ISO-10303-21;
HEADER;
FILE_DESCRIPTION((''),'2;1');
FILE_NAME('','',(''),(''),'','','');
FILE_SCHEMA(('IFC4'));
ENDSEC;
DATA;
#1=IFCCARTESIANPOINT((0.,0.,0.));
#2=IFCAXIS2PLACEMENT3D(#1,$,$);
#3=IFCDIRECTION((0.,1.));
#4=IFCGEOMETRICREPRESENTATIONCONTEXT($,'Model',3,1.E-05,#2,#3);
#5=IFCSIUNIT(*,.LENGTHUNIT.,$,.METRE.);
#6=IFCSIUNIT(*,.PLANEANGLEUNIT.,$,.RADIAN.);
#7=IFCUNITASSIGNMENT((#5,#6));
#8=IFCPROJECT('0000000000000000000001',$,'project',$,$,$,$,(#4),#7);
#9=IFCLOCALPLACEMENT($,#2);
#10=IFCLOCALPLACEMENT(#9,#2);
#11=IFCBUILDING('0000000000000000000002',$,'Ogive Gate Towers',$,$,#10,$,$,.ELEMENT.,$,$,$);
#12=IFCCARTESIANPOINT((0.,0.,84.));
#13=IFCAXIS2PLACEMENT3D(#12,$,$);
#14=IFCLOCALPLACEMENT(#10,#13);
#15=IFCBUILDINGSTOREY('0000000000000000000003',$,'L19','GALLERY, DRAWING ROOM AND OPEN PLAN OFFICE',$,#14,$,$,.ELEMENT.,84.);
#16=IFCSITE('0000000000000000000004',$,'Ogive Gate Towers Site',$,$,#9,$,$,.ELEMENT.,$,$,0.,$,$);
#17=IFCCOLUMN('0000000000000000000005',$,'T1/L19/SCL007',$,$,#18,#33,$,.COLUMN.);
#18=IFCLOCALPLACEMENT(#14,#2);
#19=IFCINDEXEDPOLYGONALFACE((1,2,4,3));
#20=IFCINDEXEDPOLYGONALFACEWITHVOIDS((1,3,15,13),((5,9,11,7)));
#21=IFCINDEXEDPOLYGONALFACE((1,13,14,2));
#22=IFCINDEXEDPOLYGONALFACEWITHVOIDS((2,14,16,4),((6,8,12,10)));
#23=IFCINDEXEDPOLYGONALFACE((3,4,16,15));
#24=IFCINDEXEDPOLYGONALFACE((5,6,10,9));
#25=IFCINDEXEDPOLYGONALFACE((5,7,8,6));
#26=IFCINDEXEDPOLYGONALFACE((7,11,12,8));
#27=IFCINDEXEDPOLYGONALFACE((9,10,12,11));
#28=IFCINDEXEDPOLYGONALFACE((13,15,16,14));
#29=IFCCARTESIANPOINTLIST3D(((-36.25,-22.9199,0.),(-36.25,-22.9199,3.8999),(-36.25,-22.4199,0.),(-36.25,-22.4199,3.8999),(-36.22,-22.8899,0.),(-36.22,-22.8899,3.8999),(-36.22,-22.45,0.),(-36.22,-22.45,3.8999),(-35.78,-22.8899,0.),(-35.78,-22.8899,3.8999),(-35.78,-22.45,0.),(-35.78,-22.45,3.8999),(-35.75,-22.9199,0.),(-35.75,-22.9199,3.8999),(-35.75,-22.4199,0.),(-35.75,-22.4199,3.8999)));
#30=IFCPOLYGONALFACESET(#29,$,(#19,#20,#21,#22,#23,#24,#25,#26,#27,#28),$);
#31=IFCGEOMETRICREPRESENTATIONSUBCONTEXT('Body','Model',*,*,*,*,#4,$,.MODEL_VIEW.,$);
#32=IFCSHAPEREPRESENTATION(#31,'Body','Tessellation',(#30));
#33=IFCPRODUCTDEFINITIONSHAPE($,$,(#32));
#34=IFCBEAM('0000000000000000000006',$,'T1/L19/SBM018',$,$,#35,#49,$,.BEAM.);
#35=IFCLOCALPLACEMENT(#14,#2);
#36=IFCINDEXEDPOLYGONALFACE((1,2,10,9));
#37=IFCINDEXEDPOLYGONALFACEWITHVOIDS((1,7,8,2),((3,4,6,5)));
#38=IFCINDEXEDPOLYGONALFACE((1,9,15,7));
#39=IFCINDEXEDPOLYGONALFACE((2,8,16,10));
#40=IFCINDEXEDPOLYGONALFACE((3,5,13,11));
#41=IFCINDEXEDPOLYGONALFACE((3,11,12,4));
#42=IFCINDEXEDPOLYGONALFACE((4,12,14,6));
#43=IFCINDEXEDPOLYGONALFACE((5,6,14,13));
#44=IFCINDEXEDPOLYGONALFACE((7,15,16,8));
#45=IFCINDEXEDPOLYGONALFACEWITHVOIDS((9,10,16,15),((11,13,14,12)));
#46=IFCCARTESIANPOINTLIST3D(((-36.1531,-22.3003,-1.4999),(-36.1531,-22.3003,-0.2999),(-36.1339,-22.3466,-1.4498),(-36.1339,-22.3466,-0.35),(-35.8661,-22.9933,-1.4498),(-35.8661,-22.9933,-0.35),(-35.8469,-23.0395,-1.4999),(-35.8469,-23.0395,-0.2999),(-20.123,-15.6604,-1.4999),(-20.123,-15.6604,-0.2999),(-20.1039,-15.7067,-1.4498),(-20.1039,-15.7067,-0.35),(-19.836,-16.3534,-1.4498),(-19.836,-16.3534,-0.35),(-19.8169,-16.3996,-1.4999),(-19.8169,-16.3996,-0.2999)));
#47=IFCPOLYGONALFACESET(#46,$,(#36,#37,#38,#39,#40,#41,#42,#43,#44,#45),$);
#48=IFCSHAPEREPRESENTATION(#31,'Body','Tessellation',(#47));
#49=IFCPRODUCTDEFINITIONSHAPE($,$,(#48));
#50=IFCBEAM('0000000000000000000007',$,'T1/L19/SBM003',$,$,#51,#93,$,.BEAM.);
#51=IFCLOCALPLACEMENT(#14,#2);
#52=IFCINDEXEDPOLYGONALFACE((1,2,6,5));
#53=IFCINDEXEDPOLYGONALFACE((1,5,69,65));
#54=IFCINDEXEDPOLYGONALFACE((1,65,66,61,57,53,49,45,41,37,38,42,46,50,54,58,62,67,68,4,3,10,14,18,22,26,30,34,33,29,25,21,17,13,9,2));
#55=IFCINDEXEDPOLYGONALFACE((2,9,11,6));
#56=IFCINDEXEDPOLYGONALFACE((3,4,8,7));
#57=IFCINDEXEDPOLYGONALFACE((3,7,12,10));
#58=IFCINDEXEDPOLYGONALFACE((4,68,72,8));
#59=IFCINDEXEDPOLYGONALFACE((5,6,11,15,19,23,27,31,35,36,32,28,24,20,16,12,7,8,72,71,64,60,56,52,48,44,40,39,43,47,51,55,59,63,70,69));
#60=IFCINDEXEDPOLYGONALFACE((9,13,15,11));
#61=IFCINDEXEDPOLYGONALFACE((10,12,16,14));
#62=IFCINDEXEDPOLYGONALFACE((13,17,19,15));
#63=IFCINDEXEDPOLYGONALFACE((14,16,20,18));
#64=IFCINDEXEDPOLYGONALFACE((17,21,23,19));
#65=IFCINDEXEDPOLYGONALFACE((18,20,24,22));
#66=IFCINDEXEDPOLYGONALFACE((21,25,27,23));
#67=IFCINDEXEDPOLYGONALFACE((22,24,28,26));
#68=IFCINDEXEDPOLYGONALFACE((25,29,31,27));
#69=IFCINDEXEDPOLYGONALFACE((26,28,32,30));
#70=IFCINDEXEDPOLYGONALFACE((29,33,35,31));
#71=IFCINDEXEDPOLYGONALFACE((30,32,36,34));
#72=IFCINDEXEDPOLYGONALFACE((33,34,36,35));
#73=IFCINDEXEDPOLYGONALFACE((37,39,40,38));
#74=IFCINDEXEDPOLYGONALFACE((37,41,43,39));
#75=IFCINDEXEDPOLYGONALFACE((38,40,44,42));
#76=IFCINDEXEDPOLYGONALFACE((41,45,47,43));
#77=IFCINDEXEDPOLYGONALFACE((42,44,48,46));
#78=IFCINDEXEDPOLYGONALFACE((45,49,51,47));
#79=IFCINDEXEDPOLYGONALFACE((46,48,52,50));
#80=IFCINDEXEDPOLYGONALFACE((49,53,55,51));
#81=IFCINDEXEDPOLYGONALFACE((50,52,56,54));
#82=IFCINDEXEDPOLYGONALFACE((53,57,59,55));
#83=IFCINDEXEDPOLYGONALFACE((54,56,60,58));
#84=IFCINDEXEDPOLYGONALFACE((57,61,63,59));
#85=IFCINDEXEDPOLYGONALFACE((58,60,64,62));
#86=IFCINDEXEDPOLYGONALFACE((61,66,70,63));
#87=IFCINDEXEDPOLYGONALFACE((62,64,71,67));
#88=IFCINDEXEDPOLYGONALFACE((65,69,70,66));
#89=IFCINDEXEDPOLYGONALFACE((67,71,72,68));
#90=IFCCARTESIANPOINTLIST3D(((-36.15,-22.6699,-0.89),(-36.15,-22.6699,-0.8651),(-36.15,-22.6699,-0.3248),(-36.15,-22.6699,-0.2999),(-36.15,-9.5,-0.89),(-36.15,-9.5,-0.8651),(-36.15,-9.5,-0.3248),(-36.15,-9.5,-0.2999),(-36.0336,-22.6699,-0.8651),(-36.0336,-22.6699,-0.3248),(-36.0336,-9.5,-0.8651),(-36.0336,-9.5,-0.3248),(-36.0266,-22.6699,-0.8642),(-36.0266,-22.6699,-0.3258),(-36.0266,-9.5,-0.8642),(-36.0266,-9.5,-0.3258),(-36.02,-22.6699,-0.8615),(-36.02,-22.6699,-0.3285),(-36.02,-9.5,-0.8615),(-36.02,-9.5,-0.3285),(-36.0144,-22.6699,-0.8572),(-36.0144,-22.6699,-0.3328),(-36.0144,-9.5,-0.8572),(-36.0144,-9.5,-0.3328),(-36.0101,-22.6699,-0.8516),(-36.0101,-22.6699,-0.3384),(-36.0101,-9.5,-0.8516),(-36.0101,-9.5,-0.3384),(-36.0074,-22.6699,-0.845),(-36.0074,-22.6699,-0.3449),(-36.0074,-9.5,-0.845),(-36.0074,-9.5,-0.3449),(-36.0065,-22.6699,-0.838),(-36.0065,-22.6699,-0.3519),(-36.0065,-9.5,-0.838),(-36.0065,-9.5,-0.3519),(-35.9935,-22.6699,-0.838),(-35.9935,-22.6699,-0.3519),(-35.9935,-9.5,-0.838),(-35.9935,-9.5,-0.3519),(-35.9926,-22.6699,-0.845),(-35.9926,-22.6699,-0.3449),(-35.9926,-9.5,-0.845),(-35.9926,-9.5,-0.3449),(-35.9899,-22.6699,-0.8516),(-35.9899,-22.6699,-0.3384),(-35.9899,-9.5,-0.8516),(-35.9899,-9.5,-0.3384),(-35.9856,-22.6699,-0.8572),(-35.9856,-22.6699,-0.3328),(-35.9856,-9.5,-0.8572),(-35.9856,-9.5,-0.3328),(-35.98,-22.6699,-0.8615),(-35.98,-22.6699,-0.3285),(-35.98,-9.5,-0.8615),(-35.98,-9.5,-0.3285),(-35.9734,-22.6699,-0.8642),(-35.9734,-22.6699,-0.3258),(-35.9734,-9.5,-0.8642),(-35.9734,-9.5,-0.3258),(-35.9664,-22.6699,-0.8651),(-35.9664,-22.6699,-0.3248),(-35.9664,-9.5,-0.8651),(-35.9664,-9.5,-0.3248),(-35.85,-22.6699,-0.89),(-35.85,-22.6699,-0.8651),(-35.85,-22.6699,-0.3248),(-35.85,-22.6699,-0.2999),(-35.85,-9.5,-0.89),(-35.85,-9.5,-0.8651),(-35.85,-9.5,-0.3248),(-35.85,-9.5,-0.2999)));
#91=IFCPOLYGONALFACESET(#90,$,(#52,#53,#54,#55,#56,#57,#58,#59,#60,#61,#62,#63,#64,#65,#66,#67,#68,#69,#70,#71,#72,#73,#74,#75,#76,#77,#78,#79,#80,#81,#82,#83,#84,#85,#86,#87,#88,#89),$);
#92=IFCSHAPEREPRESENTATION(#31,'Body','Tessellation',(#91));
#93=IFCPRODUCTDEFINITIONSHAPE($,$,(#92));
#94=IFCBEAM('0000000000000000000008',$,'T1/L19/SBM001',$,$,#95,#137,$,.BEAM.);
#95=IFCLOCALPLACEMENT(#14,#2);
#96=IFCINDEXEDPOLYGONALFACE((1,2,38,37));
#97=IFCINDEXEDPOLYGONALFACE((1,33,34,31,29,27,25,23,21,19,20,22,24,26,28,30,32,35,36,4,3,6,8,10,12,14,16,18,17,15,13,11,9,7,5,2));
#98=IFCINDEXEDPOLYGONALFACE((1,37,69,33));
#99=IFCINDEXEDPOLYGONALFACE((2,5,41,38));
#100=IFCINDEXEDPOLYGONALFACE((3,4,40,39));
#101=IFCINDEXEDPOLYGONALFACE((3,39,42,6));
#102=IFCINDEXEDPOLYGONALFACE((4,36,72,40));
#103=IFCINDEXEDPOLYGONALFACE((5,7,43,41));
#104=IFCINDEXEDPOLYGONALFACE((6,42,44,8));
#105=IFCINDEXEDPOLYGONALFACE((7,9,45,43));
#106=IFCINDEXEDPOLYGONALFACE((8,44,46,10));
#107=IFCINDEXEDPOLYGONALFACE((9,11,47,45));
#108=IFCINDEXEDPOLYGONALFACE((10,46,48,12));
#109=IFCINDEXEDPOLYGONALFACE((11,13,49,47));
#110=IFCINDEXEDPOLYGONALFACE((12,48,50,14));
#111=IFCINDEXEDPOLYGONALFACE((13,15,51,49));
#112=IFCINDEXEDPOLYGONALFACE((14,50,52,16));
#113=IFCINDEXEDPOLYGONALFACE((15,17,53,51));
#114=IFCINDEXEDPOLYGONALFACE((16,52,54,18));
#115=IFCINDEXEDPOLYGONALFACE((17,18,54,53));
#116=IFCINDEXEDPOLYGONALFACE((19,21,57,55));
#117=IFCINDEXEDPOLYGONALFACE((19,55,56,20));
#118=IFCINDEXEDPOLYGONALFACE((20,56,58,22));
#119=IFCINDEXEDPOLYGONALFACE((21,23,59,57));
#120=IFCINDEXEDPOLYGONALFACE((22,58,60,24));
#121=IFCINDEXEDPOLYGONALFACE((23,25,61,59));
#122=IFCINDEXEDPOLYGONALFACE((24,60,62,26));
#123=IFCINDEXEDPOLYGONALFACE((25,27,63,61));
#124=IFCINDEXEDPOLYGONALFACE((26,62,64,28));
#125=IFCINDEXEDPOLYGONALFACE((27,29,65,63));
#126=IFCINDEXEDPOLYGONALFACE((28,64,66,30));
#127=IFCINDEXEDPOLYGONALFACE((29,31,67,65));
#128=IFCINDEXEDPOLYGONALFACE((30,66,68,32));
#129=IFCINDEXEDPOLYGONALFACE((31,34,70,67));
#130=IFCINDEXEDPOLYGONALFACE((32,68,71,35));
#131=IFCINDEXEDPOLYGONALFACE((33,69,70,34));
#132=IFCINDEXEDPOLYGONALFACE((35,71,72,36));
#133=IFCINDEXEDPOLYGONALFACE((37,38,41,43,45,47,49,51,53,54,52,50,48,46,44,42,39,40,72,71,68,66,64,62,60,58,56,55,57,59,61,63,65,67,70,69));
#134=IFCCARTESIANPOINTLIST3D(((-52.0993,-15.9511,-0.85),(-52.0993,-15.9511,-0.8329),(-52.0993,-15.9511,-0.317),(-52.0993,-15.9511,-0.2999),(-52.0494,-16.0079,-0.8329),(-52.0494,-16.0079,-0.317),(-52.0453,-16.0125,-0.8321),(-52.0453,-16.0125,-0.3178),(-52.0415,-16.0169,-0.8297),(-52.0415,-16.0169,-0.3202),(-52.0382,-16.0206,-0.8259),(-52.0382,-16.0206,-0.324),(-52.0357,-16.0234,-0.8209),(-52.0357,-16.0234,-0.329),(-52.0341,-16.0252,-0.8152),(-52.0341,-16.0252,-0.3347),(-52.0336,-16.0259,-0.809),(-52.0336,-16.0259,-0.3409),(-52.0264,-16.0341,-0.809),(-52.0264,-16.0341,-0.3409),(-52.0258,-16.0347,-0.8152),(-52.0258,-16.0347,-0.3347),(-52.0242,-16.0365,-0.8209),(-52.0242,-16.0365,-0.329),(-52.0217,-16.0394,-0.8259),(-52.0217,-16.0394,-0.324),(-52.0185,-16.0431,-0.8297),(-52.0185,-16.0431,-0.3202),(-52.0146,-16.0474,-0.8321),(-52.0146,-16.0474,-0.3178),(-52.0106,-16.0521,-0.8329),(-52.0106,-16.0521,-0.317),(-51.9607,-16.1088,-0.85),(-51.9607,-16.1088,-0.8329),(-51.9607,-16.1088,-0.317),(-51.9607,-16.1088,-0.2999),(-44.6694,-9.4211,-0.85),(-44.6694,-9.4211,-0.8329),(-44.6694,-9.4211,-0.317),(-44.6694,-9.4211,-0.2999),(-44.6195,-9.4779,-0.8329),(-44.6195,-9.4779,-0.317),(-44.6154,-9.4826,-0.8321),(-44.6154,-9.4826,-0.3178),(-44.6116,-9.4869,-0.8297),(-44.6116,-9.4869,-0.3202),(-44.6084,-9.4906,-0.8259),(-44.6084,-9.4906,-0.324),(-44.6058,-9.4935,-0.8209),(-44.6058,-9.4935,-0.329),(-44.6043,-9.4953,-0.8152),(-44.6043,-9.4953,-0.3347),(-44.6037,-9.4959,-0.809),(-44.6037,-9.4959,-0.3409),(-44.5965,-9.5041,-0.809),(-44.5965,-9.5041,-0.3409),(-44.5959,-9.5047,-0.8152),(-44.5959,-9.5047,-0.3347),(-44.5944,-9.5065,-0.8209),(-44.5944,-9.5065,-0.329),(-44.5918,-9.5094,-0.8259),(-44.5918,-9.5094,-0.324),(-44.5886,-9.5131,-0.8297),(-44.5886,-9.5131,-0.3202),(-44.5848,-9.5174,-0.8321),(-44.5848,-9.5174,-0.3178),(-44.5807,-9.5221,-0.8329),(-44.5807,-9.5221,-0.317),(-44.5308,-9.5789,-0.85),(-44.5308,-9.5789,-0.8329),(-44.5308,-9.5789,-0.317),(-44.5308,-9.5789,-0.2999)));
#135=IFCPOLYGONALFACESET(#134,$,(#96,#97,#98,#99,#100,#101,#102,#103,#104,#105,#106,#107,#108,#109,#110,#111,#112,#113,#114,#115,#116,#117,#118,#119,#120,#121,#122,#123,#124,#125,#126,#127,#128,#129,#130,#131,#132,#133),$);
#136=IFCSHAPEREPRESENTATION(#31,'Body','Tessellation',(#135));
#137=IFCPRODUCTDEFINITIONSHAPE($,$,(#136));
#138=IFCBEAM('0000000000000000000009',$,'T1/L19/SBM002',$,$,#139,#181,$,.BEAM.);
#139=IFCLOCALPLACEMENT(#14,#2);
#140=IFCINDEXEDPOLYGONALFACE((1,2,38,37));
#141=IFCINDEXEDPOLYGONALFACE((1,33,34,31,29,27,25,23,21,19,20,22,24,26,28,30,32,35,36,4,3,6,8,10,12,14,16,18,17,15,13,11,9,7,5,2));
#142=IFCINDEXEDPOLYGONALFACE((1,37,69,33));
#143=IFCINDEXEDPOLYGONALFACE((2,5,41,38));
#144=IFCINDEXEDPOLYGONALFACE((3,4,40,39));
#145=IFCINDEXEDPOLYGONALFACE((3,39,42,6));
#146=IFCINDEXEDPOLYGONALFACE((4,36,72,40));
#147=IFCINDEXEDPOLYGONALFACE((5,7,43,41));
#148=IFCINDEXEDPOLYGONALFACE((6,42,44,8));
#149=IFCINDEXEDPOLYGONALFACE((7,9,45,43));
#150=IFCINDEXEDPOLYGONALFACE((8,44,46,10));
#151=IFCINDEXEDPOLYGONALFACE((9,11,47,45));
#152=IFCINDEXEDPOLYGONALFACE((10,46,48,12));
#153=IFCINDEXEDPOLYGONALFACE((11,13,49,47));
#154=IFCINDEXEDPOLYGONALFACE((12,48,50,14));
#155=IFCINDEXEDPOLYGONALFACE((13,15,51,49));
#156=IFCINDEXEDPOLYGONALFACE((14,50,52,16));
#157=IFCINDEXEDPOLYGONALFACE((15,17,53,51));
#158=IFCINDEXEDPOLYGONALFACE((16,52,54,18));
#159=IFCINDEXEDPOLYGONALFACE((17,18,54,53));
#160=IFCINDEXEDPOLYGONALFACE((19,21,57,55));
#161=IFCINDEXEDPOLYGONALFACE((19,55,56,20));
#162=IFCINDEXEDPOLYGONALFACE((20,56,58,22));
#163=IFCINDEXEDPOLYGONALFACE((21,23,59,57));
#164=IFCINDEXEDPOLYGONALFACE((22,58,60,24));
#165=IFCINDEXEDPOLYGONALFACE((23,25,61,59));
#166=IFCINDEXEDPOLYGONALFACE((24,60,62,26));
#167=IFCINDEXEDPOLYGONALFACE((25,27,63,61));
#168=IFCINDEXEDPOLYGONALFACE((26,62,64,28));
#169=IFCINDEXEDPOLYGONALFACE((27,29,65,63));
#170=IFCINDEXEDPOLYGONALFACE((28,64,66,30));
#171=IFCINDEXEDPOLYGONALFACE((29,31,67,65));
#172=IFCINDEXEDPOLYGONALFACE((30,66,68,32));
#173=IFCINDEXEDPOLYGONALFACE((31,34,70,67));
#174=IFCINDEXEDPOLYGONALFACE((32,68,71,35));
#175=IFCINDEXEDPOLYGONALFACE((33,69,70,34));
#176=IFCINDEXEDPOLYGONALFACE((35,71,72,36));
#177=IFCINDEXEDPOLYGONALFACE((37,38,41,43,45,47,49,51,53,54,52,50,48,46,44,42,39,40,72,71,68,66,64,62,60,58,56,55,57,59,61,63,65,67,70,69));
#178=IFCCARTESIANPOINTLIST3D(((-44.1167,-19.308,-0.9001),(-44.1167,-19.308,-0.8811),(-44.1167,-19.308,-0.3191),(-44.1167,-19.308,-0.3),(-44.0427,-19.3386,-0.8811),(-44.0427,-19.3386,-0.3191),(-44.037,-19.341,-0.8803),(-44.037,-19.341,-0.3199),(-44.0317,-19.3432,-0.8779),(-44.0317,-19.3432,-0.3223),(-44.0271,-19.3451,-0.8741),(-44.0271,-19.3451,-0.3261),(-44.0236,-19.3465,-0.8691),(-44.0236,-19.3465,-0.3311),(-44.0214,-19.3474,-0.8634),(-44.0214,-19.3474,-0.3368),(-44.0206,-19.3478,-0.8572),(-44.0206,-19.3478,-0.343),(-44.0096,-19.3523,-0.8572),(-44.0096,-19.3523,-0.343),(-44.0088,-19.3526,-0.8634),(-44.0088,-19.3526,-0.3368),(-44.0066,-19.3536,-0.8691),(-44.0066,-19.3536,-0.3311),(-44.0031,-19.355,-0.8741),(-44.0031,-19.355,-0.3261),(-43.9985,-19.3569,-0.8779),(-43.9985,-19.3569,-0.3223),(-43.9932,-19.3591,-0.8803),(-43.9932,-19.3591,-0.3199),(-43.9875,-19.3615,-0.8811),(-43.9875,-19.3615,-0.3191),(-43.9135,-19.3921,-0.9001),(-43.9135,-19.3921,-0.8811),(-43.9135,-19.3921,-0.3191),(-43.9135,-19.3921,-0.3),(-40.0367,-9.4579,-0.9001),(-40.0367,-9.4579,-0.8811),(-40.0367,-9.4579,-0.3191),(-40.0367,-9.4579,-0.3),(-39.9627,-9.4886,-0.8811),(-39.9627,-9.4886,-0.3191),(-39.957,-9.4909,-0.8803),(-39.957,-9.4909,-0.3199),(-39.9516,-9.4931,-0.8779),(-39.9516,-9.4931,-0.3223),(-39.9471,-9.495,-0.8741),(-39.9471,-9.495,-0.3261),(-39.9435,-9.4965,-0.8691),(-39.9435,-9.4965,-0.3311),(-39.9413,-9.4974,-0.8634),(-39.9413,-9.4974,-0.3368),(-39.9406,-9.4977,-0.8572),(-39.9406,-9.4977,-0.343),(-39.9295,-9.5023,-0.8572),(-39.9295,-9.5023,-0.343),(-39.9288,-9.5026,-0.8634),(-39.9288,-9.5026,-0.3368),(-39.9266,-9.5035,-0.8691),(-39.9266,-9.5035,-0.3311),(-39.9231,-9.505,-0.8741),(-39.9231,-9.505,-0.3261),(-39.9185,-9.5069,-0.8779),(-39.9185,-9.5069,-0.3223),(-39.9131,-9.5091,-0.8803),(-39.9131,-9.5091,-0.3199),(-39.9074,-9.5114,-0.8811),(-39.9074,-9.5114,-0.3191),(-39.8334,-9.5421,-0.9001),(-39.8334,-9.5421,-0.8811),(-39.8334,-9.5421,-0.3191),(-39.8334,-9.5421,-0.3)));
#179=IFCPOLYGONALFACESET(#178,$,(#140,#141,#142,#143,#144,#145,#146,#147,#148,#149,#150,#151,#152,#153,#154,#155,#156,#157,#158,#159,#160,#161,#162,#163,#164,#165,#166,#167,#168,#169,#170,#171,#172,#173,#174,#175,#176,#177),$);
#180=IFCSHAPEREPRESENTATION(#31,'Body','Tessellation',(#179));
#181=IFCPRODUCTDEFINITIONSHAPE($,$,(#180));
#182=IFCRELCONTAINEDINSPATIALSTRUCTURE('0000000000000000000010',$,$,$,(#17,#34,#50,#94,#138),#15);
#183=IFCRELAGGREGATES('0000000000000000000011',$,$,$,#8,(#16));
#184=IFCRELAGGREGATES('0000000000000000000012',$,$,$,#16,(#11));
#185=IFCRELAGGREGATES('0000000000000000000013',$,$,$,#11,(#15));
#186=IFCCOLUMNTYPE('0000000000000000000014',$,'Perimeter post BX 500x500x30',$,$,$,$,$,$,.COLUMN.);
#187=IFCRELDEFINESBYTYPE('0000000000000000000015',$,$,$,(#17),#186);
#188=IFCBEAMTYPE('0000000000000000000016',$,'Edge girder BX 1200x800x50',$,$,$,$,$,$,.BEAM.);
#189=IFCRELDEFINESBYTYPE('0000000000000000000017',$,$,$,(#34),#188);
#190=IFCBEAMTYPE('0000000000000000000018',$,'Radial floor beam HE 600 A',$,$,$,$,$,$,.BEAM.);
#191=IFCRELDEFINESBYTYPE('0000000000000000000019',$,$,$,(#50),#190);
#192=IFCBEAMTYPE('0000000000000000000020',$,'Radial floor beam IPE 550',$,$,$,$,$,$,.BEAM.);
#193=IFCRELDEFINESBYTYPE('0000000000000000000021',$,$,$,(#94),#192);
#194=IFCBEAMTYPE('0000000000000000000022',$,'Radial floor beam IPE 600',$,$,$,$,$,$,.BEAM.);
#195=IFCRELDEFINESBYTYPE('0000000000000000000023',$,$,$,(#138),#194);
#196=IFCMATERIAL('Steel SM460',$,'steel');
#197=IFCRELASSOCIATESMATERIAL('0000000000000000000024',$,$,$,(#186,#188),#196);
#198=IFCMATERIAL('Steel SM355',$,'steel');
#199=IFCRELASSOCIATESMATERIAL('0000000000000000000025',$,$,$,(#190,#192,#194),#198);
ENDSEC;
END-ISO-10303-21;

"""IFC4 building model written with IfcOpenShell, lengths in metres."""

from ifc_helpers import new_model, si_unit, direction, frame, origin, origin_2d, place, context, subcontext, project, spatial, hollow_rectangle, i_section, extrude, material, material_profile, profile_set, type_object, element, save


model = new_model("IFC4")

# Units and contexts
model_context = context("Model", 3, precision=1e-05, world=origin(), true_north=direction((0.0, 1.0)))
body_context = subcontext(model_context, "Body", "Model", "MODEL_VIEW")
ifc_project = project(units=[si_unit("LENGTHUNIT", "METRE"), si_unit("PLANEANGLEUNIT", "RADIAN")], contexts=[model_context])

# Site, building, storey
site_placement = place(None, origin())
site = spatial("IfcSite", under=ifc_project, at=site_placement, Name="Ogive Gate Towers Site", CompositionType="ELEMENT", RefElevation=0.0)
building_placement = place(site_placement, origin())
building = spatial("IfcBuilding", under=site, at=building_placement, Name="Ogive Gate Towers", CompositionType="ELEMENT")
storey_placement = place(building_placement, frame((0.0, 0.0, 84.0)))
storey = spatial("IfcBuildingStorey", under=building, at=storey_placement, Name="L19", Description="GALLERY, DRAWING ROOM AND OPEN PLAN OFFICE", CompositionType="ELEMENT", Elevation=84.0)

# Column
ifc_material_1 = material(Name="Steel SM460", Category="steel")
ifc_material_profile_1 = material_profile(ifc_material_1, hollow_rectangle(XDim=0.5, YDim=0.5, WallThickness=0.03, at=origin_2d()), Name="BX 500x500x30")
ifc_profile_set_1 = profile_set([ifc_material_profile_1], Name="Steel SM460")
column_type = type_object("IfcColumnType", Name="Perimeter post BX 500x500x30", PredefinedType="COLUMN", material=ifc_profile_set_1)
column_placement = place(storey_placement, frame((-36.0, -22.6699, 0.0), z_axis=(0.0, 0.0, 1.0), x_axis=(1.0, 0.0, 0.0)))
element("IfcColumn", 1, at=column_placement, inside=storey, type_object=column_type, Name="T1/L19/SCL007", PredefinedType="COLUMN", context=body_context, shape_type="SweptSolid", body=[
    extrude(hollow_rectangle(XDim=0.5, YDim=0.5, WallThickness=0.03, at=origin_2d()), origin(), (0.0, 0.0, 1.0), 3.8999),
])

# Beams
ifc_material_profile_2 = material_profile(ifc_material_1, hollow_rectangle(XDim=0.8, YDim=1.2, WallThickness=0.05, at=origin_2d()), Name="BX 1200x800x50")
ifc_profile_set_2 = profile_set([ifc_material_profile_2], Name="Steel SM460")
beam_type_1 = type_object("IfcBeamType", Name="Edge girder BX 1200x800x50", PredefinedType="BEAM", material=ifc_profile_set_2)
beam_1_placement = place(storey_placement, frame((-36.0, -22.6699, -0.8999), z_axis=(0.923879, 0.382685, 0.0), x_axis=(-0.382685, 0.923879, 0.0)))
element("IfcBeam", 2, at=beam_1_placement, inside=storey, type_object=beam_type_1, Name="T1/L19/SBM018", PredefinedType="BEAM", context=body_context, shape_type="SweptSolid", body=[
    extrude(hollow_rectangle(XDim=0.8, YDim=1.2, WallThickness=0.05, at=origin_2d()), origin(), (0.0, 0.0, 1.0), 17.3508),
])
ifc_material_2 = material(Name="Steel SM355", Category="steel")
ifc_material_profile_3 = material_profile(ifc_material_2, i_section(OverallWidth=0.3, OverallDepth=0.5901, WebThickness=0.0129, FlangeThickness=0.0249, FilletRadius=0.0271, at=origin_2d()), Name="HE 600 A")
ifc_profile_set_3 = profile_set([ifc_material_profile_3], Name="Steel SM355")
beam_type_2 = type_object("IfcBeamType", Name="Radial floor beam HE 600 A", PredefinedType="BEAM", material=ifc_profile_set_3)
beam_2_placement = place(storey_placement, frame((-36.0, -9.5, -0.595), z_axis=(0.0, -1.0, 0.0), x_axis=(1.0, 0.0, 0.0)))
element("IfcBeam", 3, at=beam_2_placement, inside=storey, type_object=beam_type_2, Name="T1/L19/SBM003", PredefinedType="BEAM", context=body_context, shape_type="SweptSolid", body=[
    extrude(i_section(OverallWidth=0.3, OverallDepth=0.5901, WebThickness=0.0129, FlangeThickness=0.0249, FilletRadius=0.0271, at=origin_2d()), origin(), (0.0, 0.0, 1.0), 13.1699),
])
ifc_material_profile_4 = material_profile(ifc_material_2, i_section(OverallWidth=0.21, OverallDepth=0.55, WebThickness=0.011, FlangeThickness=0.0171, FilletRadius=0.0239, at=origin_2d()), Name="IPE 550")
ifc_profile_set_4 = profile_set([ifc_material_profile_4], Name="Steel SM355")
beam_type_3 = type_object("IfcBeamType", Name="Radial floor beam IPE 550", PredefinedType="BEAM", material=ifc_profile_set_4)
beam_3_placement = place(storey_placement, frame((-44.6001, -9.5, -0.575), z_axis=(-0.75113, -0.660154, 0.0), x_axis=(0.660154, -0.75113, 0.0)))
element("IfcBeam", 4, at=beam_3_placement, inside=storey, type_object=beam_type_3, Name="T1/L19/SBM001", PredefinedType="BEAM", context=body_context, shape_type="SweptSolid", body=[
    extrude(i_section(OverallWidth=0.21, OverallDepth=0.55, WebThickness=0.011, FlangeThickness=0.0171, FilletRadius=0.0239, at=origin_2d()), origin(), (0.0, 0.0, 1.0), 9.8916),
])
ifc_material_profile_5 = material_profile(ifc_material_2, i_section(OverallWidth=0.22, OverallDepth=0.6001, WebThickness=0.012, FlangeThickness=0.019, FilletRadius=0.0239, at=origin_2d()), Name="IPE 600")
ifc_profile_set_5 = profile_set([ifc_material_profile_5], Name="Steel SM355")
beam_type_4 = type_object("IfcBeamType", Name="Radial floor beam IPE 600", PredefinedType="BEAM", material=ifc_profile_set_5)
beam_4_placement = place(storey_placement, frame((-39.9351, -9.5, -0.6001), z_axis=(-0.382686, -0.923878, 0.0), x_axis=(0.923878, -0.382686, 0.0)))
element("IfcBeam", 5, at=beam_4_placement, inside=storey, type_object=beam_type_4, Name="T1/L19/SBM002", PredefinedType="BEAM", context=body_context, shape_type="SweptSolid", body=[
    extrude(i_section(OverallWidth=0.22, OverallDepth=0.6001, WebThickness=0.012, FlangeThickness=0.019, FilletRadius=0.0239, at=origin_2d()), origin(), (0.0, 0.0, 1.0), 10.6616),
])

save(model, "model.ifc")
